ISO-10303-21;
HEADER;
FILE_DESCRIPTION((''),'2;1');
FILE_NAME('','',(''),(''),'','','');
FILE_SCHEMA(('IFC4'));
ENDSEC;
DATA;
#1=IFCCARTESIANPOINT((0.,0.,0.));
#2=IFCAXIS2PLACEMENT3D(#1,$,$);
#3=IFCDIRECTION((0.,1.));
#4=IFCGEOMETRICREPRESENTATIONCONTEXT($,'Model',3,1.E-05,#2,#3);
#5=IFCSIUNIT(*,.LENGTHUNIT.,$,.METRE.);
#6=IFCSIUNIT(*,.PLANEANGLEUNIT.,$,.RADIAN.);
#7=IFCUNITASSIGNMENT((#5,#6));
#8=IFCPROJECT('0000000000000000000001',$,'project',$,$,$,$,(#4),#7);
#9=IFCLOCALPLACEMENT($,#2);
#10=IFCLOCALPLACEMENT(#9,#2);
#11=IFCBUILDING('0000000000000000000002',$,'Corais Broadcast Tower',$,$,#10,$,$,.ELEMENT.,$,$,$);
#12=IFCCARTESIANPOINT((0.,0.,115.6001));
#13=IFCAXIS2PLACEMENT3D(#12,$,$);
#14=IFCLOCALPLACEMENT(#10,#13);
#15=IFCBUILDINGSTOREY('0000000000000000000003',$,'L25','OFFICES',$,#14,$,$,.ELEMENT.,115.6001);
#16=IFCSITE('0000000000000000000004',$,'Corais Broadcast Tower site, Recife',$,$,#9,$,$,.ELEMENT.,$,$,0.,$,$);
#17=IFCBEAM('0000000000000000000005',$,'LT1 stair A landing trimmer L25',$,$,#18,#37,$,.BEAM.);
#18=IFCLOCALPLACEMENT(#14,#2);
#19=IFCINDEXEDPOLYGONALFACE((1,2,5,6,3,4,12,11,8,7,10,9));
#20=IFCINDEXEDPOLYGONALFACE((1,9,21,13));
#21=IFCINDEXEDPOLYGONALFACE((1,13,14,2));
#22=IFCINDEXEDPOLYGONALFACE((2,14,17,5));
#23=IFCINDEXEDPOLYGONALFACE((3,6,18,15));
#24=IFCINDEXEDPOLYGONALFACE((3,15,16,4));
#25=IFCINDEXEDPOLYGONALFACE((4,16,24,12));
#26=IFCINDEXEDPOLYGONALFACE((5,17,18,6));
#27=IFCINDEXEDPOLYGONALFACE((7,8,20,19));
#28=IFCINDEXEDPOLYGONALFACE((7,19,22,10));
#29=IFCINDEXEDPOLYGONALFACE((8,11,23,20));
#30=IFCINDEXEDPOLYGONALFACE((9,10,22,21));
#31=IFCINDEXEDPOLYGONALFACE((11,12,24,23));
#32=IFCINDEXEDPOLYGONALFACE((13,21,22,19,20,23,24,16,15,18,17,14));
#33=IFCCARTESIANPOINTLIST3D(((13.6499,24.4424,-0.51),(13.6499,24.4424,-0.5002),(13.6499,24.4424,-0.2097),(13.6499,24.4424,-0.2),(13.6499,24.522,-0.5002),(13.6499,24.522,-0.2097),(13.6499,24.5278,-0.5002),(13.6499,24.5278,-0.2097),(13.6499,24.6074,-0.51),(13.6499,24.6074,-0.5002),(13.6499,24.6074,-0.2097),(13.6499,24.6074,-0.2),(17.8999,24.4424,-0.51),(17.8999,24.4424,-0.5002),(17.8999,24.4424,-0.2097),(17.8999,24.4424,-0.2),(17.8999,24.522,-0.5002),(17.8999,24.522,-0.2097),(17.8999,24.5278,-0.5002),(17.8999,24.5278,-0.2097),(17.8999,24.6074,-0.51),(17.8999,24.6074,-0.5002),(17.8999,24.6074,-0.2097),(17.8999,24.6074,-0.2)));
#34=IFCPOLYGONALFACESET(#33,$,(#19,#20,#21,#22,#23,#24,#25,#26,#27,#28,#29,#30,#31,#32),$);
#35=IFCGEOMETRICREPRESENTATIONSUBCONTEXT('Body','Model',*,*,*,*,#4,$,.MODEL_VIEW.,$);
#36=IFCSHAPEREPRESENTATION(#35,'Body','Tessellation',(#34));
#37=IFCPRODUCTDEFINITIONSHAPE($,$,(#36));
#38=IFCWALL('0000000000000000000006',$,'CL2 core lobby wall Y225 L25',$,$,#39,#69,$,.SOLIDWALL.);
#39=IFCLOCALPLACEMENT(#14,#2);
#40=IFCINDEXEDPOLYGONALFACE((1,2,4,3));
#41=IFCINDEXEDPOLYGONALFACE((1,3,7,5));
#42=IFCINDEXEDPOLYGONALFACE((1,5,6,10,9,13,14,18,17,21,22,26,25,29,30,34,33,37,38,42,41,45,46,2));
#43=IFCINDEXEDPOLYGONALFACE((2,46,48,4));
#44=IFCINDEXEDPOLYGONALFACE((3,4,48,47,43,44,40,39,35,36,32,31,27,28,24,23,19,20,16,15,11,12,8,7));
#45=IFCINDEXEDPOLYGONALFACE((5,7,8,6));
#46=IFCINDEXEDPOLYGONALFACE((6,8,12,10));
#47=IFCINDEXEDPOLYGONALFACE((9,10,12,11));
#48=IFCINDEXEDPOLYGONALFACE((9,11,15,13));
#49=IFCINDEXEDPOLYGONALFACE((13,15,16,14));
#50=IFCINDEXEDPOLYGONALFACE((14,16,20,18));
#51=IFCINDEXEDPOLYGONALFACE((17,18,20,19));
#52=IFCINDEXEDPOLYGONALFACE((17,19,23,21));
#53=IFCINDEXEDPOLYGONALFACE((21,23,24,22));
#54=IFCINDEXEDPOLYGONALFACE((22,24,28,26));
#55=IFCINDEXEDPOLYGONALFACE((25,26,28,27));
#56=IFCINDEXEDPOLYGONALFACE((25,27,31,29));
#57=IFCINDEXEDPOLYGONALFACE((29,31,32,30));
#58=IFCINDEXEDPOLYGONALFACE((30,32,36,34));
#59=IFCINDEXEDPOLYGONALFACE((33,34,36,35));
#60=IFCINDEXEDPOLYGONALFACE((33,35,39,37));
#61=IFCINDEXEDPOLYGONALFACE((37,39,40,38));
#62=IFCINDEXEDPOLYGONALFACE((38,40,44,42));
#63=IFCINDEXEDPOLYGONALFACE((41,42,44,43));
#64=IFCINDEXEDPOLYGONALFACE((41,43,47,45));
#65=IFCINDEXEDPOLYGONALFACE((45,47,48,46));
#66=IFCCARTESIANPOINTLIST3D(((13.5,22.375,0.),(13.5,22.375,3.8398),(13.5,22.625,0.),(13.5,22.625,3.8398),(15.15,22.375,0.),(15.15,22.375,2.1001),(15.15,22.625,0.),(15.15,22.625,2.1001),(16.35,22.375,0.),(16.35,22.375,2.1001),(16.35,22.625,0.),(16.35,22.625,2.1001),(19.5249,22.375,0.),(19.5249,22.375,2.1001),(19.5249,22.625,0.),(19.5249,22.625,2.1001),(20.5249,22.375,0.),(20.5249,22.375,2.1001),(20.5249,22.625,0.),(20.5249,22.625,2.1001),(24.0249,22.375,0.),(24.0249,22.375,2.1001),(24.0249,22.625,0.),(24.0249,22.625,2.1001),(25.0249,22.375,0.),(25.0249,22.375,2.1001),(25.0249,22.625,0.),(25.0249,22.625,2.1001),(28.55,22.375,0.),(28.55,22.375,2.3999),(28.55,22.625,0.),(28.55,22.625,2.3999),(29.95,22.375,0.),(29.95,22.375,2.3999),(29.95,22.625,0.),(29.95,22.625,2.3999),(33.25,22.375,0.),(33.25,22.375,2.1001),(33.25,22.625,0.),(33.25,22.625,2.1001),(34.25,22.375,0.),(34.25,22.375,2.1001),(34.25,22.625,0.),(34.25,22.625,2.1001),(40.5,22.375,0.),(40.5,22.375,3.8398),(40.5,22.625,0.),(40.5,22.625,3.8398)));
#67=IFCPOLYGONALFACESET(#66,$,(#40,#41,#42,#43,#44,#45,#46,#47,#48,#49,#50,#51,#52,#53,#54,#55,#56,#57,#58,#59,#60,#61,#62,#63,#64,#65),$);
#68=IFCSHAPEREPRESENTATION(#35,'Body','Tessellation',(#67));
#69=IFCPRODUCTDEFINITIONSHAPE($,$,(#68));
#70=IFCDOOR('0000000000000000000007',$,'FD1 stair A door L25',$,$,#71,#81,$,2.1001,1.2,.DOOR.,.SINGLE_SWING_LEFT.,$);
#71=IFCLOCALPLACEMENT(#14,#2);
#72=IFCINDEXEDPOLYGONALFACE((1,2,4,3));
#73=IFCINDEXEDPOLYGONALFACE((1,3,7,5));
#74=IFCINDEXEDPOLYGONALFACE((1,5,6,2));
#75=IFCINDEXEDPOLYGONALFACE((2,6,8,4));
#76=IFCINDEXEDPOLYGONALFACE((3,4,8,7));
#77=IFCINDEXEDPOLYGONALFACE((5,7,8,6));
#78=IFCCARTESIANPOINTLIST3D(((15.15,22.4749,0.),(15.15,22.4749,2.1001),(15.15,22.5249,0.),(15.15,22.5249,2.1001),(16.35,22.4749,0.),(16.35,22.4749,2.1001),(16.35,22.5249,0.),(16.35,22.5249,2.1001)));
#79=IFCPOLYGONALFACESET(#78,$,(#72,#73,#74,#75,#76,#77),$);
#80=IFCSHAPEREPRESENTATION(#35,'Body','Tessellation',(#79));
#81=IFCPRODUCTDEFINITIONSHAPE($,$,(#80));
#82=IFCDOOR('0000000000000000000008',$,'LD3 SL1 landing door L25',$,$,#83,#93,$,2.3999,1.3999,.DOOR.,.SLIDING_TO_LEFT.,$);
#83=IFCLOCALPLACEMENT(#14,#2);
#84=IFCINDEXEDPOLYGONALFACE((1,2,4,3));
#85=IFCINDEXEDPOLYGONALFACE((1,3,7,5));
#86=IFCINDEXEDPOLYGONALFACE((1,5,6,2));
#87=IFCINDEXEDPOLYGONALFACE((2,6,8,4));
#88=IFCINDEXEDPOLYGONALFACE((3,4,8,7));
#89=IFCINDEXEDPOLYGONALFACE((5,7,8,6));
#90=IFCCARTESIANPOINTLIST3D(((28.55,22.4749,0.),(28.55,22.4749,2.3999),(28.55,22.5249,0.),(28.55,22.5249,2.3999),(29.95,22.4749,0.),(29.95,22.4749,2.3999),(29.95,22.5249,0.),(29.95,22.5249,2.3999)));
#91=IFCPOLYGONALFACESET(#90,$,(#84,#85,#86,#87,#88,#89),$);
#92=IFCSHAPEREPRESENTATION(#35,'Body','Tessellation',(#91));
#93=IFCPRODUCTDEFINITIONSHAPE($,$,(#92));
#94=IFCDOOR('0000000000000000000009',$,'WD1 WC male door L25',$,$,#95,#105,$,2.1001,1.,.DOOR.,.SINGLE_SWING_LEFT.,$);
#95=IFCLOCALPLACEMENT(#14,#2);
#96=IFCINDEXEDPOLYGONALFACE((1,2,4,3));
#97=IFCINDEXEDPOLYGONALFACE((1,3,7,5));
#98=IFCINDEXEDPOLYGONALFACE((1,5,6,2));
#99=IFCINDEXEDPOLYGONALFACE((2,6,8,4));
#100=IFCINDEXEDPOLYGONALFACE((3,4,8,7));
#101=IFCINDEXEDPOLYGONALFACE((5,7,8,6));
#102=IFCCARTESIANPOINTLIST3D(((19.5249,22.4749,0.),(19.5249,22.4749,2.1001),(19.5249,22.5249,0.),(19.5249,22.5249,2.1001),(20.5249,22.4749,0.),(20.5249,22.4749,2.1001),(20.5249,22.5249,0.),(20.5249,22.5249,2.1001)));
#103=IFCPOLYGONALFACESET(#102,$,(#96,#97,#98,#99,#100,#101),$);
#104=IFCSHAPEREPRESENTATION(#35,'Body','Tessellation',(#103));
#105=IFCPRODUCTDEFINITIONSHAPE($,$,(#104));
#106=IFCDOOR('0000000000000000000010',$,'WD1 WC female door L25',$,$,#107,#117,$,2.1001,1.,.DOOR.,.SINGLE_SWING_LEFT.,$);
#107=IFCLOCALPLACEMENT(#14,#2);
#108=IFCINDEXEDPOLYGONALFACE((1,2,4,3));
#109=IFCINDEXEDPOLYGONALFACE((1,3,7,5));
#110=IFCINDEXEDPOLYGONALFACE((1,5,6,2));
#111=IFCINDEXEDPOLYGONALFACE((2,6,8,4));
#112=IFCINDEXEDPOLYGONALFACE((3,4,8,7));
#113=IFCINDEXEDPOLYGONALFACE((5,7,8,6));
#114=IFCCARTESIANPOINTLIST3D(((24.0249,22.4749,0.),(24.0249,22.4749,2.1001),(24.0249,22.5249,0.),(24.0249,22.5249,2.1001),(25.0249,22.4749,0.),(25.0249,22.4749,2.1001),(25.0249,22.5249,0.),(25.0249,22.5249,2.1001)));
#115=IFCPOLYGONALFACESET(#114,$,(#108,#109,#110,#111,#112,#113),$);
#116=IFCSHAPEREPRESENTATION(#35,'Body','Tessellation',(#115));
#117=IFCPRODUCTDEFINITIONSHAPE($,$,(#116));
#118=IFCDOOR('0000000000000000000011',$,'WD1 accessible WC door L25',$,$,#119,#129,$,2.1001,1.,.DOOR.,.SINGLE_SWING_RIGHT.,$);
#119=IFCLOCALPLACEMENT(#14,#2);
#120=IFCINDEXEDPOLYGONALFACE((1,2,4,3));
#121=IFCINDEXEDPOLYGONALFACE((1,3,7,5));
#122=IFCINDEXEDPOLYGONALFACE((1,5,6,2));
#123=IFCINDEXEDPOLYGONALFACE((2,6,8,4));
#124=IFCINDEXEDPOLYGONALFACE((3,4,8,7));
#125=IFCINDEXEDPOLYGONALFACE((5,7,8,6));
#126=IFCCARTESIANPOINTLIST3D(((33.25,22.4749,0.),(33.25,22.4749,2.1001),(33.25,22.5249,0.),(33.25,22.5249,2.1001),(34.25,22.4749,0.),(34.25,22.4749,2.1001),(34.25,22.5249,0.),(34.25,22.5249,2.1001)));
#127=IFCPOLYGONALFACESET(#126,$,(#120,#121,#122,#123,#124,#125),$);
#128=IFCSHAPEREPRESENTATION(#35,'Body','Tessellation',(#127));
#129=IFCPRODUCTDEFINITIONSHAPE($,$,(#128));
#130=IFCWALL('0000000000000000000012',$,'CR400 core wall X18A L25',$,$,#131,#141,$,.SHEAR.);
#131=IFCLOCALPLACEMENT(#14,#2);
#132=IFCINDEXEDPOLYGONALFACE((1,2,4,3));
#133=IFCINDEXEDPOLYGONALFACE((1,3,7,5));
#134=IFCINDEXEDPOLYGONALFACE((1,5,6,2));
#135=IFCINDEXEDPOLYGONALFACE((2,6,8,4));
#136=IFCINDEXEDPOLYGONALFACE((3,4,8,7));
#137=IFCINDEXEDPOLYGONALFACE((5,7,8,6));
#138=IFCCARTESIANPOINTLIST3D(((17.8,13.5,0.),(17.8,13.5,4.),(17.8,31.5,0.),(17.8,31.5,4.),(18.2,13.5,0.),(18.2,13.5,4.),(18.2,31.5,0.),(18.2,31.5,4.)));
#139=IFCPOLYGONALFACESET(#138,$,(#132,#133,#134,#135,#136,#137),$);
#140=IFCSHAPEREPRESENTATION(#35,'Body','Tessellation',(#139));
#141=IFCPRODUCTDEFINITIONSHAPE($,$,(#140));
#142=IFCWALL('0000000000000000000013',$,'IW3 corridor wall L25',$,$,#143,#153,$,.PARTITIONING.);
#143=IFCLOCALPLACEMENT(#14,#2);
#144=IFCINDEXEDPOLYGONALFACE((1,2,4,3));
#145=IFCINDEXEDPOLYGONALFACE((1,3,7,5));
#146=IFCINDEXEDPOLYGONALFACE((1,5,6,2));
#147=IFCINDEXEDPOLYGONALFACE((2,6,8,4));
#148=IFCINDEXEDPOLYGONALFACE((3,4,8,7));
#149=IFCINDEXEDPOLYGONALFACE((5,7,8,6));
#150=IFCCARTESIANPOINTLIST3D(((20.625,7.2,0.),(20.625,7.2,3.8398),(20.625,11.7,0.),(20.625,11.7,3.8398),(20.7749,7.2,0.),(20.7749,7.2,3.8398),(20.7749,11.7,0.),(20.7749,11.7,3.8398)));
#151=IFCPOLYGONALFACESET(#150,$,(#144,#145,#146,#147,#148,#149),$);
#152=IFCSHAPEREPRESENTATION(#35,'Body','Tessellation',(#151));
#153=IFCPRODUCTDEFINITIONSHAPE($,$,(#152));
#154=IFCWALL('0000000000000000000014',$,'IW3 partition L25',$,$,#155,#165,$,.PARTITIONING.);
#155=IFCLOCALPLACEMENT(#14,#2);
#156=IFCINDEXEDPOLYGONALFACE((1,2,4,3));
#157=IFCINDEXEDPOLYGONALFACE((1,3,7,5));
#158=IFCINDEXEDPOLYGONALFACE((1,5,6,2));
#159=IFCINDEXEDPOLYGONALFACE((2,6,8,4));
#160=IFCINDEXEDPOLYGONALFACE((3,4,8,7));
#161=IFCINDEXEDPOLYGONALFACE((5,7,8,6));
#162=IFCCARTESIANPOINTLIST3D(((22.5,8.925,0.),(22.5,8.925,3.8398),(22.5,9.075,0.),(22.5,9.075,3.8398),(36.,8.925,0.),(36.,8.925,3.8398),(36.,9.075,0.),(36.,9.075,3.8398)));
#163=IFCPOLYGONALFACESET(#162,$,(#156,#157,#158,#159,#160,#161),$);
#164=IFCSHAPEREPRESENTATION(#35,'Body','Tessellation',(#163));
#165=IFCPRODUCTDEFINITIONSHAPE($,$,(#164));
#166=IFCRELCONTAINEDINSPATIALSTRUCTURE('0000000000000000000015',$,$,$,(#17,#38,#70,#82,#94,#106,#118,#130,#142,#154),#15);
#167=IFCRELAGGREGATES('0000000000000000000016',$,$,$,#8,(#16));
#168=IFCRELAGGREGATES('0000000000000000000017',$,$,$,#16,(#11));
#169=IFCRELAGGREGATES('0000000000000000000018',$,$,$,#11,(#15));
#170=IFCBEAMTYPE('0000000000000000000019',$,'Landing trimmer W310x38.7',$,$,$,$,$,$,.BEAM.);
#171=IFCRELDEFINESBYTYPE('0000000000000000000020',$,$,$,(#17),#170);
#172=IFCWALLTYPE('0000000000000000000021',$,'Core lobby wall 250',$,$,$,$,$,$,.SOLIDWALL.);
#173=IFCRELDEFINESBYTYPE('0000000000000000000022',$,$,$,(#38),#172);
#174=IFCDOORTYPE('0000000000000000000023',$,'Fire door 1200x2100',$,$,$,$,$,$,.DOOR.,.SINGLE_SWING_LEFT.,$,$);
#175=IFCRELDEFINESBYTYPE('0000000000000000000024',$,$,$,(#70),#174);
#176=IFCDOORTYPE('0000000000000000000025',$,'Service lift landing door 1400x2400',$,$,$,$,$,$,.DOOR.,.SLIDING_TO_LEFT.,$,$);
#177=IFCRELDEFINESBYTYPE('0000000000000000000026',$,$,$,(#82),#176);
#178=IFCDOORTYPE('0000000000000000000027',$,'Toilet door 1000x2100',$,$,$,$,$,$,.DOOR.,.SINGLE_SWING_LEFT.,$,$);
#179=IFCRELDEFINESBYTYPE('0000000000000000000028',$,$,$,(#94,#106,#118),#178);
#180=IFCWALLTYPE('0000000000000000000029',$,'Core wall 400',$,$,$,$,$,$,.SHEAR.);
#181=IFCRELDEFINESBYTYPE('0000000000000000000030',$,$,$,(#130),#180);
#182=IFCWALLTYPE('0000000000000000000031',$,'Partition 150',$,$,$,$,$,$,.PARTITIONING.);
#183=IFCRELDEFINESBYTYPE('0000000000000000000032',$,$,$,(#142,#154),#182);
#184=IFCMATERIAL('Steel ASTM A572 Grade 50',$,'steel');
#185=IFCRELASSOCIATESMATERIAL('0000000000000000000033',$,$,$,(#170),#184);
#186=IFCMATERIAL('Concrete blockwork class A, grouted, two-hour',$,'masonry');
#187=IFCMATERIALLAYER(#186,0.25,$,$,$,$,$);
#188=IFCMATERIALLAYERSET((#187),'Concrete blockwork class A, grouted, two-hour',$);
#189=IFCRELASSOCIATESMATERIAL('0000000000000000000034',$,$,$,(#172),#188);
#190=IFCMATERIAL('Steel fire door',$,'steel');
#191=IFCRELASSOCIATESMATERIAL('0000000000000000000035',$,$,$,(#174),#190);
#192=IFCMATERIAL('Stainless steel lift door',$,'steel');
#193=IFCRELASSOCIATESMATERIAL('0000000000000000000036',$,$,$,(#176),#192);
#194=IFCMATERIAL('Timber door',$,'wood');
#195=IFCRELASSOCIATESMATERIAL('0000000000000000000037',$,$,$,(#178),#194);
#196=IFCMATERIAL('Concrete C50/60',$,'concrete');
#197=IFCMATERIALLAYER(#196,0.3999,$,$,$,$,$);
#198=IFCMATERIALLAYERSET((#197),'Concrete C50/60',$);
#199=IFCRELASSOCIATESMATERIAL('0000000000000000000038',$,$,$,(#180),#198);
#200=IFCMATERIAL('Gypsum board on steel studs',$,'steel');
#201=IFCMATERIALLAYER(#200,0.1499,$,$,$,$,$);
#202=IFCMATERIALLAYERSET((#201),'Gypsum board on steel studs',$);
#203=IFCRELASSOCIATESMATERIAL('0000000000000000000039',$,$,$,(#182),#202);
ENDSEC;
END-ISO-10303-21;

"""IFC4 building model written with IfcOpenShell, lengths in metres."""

from ifc_helpers import new_model, si_unit, direction, frame, frame_2d, origin, origin_2d, place, context, subcontext, project, spatial, rectangle, i_section, extrude, material, layer, layer_set, material_profile, profile_set, type_object, element, fill, save


model = new_model("IFC4")

# Units and contexts
model_context = context("Model", 3, precision=1e-05, world=origin(), true_north=direction((0.0, 1.0)))
body_context = subcontext(model_context, "Body", "Model", "MODEL_VIEW")
ifc_project = project(units=[si_unit("LENGTHUNIT", "METRE"), si_unit("PLANEANGLEUNIT", "RADIAN")], contexts=[model_context])

# Site, building, storey
site_placement = place(None, origin())
site = spatial("IfcSite", under=ifc_project, at=site_placement, Name="Corais Broadcast Tower site, Recife", CompositionType="ELEMENT", RefElevation=0.0)
building_placement = place(site_placement, origin())
building = spatial("IfcBuilding", under=site, at=building_placement, Name="Corais Broadcast Tower", CompositionType="ELEMENT")
storey_placement = place(building_placement, frame((0.0, 0.0, 115.6001)))
storey = spatial("IfcBuildingStorey", under=building, at=storey_placement, Name="L25", Description="OFFICES", CompositionType="ELEMENT", Elevation=115.6001)

# Beam
ifc_material_1 = material(Name="Steel ASTM A572 Grade 50", Category="steel")
ifc_material_profile = material_profile(ifc_material_1, i_section(OverallWidth=0.165, OverallDepth=0.3101, WebThickness=0.0059, FlangeThickness=0.0098, at=origin_2d()), Name="W310x38.7")
ifc_profile_set = profile_set([ifc_material_profile], Name="Steel ASTM A572 Grade 50")
beam_type = type_object("IfcBeamType", Name="Landing trimmer W310x38.7", PredefinedType="BEAM", material=ifc_profile_set)
beam_placement = place(storey_placement, frame((13.6499, 24.5249, -0.355), z_axis=(1.0, 0.0, 0.0), x_axis=(0.0, 1.0, 0.0)))
element("IfcBeam", 1, at=beam_placement, inside=storey, type_object=beam_type, Name="LT1 stair A landing trimmer L25", PredefinedType="BEAM", context=body_context, shape_type="SweptSolid", body=[
    extrude(i_section(OverallWidth=0.165, OverallDepth=0.3101, WebThickness=0.0059, FlangeThickness=0.0098, at=origin_2d()), origin(), (0.0, 0.0, 1.0), 4.25),
])

# Wall, openings, doors
ifc_material_2 = material(Name="Concrete blockwork class A, grouted, two-hour", Category="masonry")
ifc_layer_1 = layer(ifc_material_2, 0.25)
ifc_layer_set_1 = layer_set([ifc_layer_1], Name="Concrete blockwork class A, grouted, two-hour")
wall_type_1 = type_object("IfcWallType", Name="Core lobby wall 250", PredefinedType="SOLIDWALL", material=ifc_layer_set_1)
wall_1_placement = place(storey_placement, frame((13.5, 22.5, 0.0), z_axis=(0.0, 0.0, 1.0), x_axis=(1.0, 0.0, 0.0)))
wall_1 = element("IfcWall", 2, at=wall_1_placement, inside=storey, type_object=wall_type_1, Name="CL2 core lobby wall Y225 L25", PredefinedType="SOLIDWALL", context=body_context, shape_type="SweptSolid", body=[
    extrude(rectangle(XDim=27.0, YDim=0.25, at=frame_2d((13.5, 0.0))), origin(), (0.0, 0.0, 1.0), 3.8398),
])
opening_1_placement = place(wall_1_placement, frame((1.6499, 0.0, 0.0)))
opening_1 = element("IfcOpeningElement", 3, at=opening_1_placement, cuts=wall_1, PredefinedType="OPENING", context=body_context, shape_type="SweptSolid", body=[
    extrude(rectangle(XDim=1.2, YDim=2.1001, at=frame_2d((0.6001, 1.05))), frame((0.0, 0.135, 0.0), z_axis=(0.0, -1.0, 0.0), x_axis=(1.0, 0.0, 0.0)), (0.0, 0.0, 1.0), 0.27),
])
opening_2_placement = place(wall_1_placement, frame((6.0249, 0.0, 0.0)))
opening_2 = element("IfcOpeningElement", 4, at=opening_2_placement, cuts=wall_1, PredefinedType="OPENING", context=body_context, shape_type="SweptSolid", body=[
    extrude(rectangle(XDim=1.0, YDim=2.1001, at=frame_2d((0.5, 1.05))), frame((0.0, 0.135, 0.0), z_axis=(0.0, -1.0, 0.0), x_axis=(1.0, 0.0, 0.0)), (0.0, 0.0, 1.0), 0.27),
])
opening_3_placement = place(wall_1_placement, frame((10.5249, 0.0, 0.0)))
opening_3 = element("IfcOpeningElement", 5, at=opening_3_placement, cuts=wall_1, PredefinedType="OPENING", context=body_context, shape_type="SweptSolid", body=[
    extrude(rectangle(XDim=1.0, YDim=2.1001, at=frame_2d((0.5, 1.05))), frame((0.0, 0.135, 0.0), z_axis=(0.0, -1.0, 0.0), x_axis=(1.0, 0.0, 0.0)), (0.0, 0.0, 1.0), 0.27),
])
opening_4_placement = place(wall_1_placement, frame((19.75, 0.0, 0.0)))
opening_4 = element("IfcOpeningElement", 6, at=opening_4_placement, cuts=wall_1, PredefinedType="OPENING", context=body_context, shape_type="SweptSolid", body=[
    extrude(rectangle(XDim=1.0, YDim=2.1001, at=frame_2d((0.5, 1.05))), frame((0.0, 0.135, 0.0), z_axis=(0.0, -1.0, 0.0), x_axis=(1.0, 0.0, 0.0)), (0.0, 0.0, 1.0), 0.27),
])
opening_5_placement = place(wall_1_placement, frame((15.05, 0.0, 0.0)))
opening_5 = element("IfcOpeningElement", 7, at=opening_5_placement, cuts=wall_1, PredefinedType="OPENING", context=body_context, shape_type="SweptSolid", body=[
    extrude(rectangle(XDim=1.3999, YDim=2.3999, at=frame_2d((0.7, 1.2))), frame((0.0, 0.135, 0.0), z_axis=(0.0, -1.0, 0.0), x_axis=(1.0, 0.0, 0.0)), (0.0, 0.0, 1.0), 0.27),
])
ifc_material_3 = material(Name="Steel fire door", Category="steel")
door_type_1 = type_object("IfcDoorType", Name="Fire door 1200x2100", OperationType="SINGLE_SWING_LEFT", PredefinedType="DOOR", material=ifc_material_3)
door_1_placement = place(opening_1_placement, origin())
door_1 = element("IfcDoor", 8, at=door_1_placement, inside=storey, type_object=door_type_1, Name="FD1 stair A door L25", OperationType="SINGLE_SWING_LEFT", OverallHeight=2.1001, OverallWidth=1.2, PredefinedType="DOOR", context=body_context, shape_type="SweptSolid", body=[
    extrude(rectangle(XDim=1.2, YDim=2.1001, at=frame_2d((0.6001, 1.05))), frame((0.0, 0.0249, 0.0), z_axis=(0.0, -1.0, 0.0), x_axis=(1.0, 0.0, 0.0)), (0.0, 0.0, 1.0), 0.05),
])
fill(opening_1, door_1)
ifc_material_4 = material(Name="Stainless steel lift door", Category="steel")
door_type_2 = type_object("IfcDoorType", Name="Service lift landing door 1400x2400", OperationType="SLIDING_TO_LEFT", PredefinedType="DOOR", material=ifc_material_4)
door_2_placement = place(opening_5_placement, origin())
door_2 = element("IfcDoor", 9, at=door_2_placement, inside=storey, type_object=door_type_2, Name="LD3 SL1 landing door L25", OperationType="SLIDING_TO_LEFT", OverallHeight=2.3999, OverallWidth=1.3999, PredefinedType="DOOR", context=body_context, shape_type="SweptSolid", body=[
    extrude(rectangle(XDim=1.3999, YDim=2.3999, at=frame_2d((0.7, 1.2))), frame((0.0, 0.0249, 0.0), z_axis=(0.0, -1.0, 0.0), x_axis=(1.0, 0.0, 0.0)), (0.0, 0.0, 1.0), 0.05),
])
fill(opening_5, door_2)
ifc_material_5 = material(Name="Timber door", Category="wood")
door_type_3 = type_object("IfcDoorType", Name="Toilet door 1000x2100", OperationType="SINGLE_SWING_LEFT", PredefinedType="DOOR", material=ifc_material_5)
door_3_placement = place(opening_2_placement, origin())
door_3 = element("IfcDoor", 10, at=door_3_placement, inside=storey, type_object=door_type_3, Name="WD1 WC male door L25", OperationType="SINGLE_SWING_LEFT", OverallHeight=2.1001, OverallWidth=1.0, PredefinedType="DOOR", context=body_context, shape_type="SweptSolid", body=[
    extrude(rectangle(XDim=1.0, YDim=2.1001, at=frame_2d((0.5, 1.05))), frame((0.0, 0.0249, 0.0), z_axis=(0.0, -1.0, 0.0), x_axis=(1.0, 0.0, 0.0)), (0.0, 0.0, 1.0), 0.05),
])
fill(opening_2, door_3)
door_4_placement = place(opening_3_placement, origin())
door_4 = element("IfcDoor", 11, at=door_4_placement, inside=storey, type_object=door_type_3, Name="WD1 WC female door L25", OperationType="SINGLE_SWING_LEFT", OverallHeight=2.1001, OverallWidth=1.0, PredefinedType="DOOR", context=body_context, shape_type="SweptSolid", body=[
    extrude(rectangle(XDim=1.0, YDim=2.1001, at=frame_2d((0.5, 1.05))), frame((0.0, 0.0249, 0.0), z_axis=(0.0, -1.0, 0.0), x_axis=(1.0, 0.0, 0.0)), (0.0, 0.0, 1.0), 0.05),
])
fill(opening_3, door_4)
door_5_placement = place(opening_4_placement, origin())
door_5 = element("IfcDoor", 12, at=door_5_placement, inside=storey, type_object=door_type_3, Name="WD1 accessible WC door L25", OperationType="SINGLE_SWING_RIGHT", OverallHeight=2.1001, OverallWidth=1.0, PredefinedType="DOOR", context=body_context, shape_type="SweptSolid", body=[
    extrude(rectangle(XDim=1.0, YDim=2.1001, at=frame_2d((0.5, 1.05))), frame((0.0, 0.0249, 0.0), z_axis=(0.0, -1.0, 0.0), x_axis=(1.0, 0.0, 0.0)), (0.0, 0.0, 1.0), 0.05),
])
fill(opening_4, door_5)

# Walls
ifc_material_6 = material(Name="Concrete C50/60", Category="concrete")
ifc_layer_2 = layer(ifc_material_6, 0.3999)
ifc_layer_set_2 = layer_set([ifc_layer_2], Name="Concrete C50/60")
wall_type_2 = type_object("IfcWallType", Name="Core wall 400", PredefinedType="SHEAR", material=ifc_layer_set_2)
wall_2_placement = place(storey_placement, frame((18.0, 13.5, 0.0), z_axis=(0.0, 0.0, 1.0), x_axis=(0.0, 1.0, 0.0)))
element("IfcWall", 13, at=wall_2_placement, inside=storey, type_object=wall_type_2, Name="CR400 core wall X18A L25", PredefinedType="SHEAR", context=body_context, shape_type="SweptSolid", body=[
    extrude(rectangle(XDim=18.0, YDim=0.3999, at=frame_2d((9.0, 0.0))), origin(), (0.0, 0.0, 1.0), 4.0),
])
ifc_material_7 = material(Name="Gypsum board on steel studs", Category="steel")
ifc_layer_3 = layer(ifc_material_7, 0.1499)
ifc_layer_set_3 = layer_set([ifc_layer_3], Name="Gypsum board on steel studs")
wall_type_3 = type_object("IfcWallType", Name="Partition 150", PredefinedType="PARTITIONING", material=ifc_layer_set_3)
wall_3_placement = place(storey_placement, frame((20.7, 11.7, 0.0), z_axis=(0.0, 0.0, 1.0), x_axis=(0.0, -1.0, 0.0)))
element("IfcWall", 14, at=wall_3_placement, inside=storey, type_object=wall_type_3, Name="IW3 corridor wall L25", PredefinedType="PARTITIONING", context=body_context, shape_type="SweptSolid", body=[
    extrude(rectangle(XDim=4.5, YDim=0.1499, at=frame_2d((2.25, 0.0))), origin(), (0.0, 0.0, 1.0), 3.8398),
])
wall_4_placement = place(storey_placement, frame((22.5, 9.0, 0.0), z_axis=(0.0, 0.0, 1.0), x_axis=(1.0, 0.0, 0.0)))
element("IfcWall", 15, at=wall_4_placement, inside=storey, type_object=wall_type_3, Name="IW3 partition L25", PredefinedType="PARTITIONING", context=body_context, shape_type="SweptSolid", body=[
    extrude(rectangle(XDim=13.5, YDim=0.1499, at=frame_2d((6.75, 0.0))), origin(), (0.0, 0.0, 1.0), 3.8398),
])

save(model, "model.ifc")
